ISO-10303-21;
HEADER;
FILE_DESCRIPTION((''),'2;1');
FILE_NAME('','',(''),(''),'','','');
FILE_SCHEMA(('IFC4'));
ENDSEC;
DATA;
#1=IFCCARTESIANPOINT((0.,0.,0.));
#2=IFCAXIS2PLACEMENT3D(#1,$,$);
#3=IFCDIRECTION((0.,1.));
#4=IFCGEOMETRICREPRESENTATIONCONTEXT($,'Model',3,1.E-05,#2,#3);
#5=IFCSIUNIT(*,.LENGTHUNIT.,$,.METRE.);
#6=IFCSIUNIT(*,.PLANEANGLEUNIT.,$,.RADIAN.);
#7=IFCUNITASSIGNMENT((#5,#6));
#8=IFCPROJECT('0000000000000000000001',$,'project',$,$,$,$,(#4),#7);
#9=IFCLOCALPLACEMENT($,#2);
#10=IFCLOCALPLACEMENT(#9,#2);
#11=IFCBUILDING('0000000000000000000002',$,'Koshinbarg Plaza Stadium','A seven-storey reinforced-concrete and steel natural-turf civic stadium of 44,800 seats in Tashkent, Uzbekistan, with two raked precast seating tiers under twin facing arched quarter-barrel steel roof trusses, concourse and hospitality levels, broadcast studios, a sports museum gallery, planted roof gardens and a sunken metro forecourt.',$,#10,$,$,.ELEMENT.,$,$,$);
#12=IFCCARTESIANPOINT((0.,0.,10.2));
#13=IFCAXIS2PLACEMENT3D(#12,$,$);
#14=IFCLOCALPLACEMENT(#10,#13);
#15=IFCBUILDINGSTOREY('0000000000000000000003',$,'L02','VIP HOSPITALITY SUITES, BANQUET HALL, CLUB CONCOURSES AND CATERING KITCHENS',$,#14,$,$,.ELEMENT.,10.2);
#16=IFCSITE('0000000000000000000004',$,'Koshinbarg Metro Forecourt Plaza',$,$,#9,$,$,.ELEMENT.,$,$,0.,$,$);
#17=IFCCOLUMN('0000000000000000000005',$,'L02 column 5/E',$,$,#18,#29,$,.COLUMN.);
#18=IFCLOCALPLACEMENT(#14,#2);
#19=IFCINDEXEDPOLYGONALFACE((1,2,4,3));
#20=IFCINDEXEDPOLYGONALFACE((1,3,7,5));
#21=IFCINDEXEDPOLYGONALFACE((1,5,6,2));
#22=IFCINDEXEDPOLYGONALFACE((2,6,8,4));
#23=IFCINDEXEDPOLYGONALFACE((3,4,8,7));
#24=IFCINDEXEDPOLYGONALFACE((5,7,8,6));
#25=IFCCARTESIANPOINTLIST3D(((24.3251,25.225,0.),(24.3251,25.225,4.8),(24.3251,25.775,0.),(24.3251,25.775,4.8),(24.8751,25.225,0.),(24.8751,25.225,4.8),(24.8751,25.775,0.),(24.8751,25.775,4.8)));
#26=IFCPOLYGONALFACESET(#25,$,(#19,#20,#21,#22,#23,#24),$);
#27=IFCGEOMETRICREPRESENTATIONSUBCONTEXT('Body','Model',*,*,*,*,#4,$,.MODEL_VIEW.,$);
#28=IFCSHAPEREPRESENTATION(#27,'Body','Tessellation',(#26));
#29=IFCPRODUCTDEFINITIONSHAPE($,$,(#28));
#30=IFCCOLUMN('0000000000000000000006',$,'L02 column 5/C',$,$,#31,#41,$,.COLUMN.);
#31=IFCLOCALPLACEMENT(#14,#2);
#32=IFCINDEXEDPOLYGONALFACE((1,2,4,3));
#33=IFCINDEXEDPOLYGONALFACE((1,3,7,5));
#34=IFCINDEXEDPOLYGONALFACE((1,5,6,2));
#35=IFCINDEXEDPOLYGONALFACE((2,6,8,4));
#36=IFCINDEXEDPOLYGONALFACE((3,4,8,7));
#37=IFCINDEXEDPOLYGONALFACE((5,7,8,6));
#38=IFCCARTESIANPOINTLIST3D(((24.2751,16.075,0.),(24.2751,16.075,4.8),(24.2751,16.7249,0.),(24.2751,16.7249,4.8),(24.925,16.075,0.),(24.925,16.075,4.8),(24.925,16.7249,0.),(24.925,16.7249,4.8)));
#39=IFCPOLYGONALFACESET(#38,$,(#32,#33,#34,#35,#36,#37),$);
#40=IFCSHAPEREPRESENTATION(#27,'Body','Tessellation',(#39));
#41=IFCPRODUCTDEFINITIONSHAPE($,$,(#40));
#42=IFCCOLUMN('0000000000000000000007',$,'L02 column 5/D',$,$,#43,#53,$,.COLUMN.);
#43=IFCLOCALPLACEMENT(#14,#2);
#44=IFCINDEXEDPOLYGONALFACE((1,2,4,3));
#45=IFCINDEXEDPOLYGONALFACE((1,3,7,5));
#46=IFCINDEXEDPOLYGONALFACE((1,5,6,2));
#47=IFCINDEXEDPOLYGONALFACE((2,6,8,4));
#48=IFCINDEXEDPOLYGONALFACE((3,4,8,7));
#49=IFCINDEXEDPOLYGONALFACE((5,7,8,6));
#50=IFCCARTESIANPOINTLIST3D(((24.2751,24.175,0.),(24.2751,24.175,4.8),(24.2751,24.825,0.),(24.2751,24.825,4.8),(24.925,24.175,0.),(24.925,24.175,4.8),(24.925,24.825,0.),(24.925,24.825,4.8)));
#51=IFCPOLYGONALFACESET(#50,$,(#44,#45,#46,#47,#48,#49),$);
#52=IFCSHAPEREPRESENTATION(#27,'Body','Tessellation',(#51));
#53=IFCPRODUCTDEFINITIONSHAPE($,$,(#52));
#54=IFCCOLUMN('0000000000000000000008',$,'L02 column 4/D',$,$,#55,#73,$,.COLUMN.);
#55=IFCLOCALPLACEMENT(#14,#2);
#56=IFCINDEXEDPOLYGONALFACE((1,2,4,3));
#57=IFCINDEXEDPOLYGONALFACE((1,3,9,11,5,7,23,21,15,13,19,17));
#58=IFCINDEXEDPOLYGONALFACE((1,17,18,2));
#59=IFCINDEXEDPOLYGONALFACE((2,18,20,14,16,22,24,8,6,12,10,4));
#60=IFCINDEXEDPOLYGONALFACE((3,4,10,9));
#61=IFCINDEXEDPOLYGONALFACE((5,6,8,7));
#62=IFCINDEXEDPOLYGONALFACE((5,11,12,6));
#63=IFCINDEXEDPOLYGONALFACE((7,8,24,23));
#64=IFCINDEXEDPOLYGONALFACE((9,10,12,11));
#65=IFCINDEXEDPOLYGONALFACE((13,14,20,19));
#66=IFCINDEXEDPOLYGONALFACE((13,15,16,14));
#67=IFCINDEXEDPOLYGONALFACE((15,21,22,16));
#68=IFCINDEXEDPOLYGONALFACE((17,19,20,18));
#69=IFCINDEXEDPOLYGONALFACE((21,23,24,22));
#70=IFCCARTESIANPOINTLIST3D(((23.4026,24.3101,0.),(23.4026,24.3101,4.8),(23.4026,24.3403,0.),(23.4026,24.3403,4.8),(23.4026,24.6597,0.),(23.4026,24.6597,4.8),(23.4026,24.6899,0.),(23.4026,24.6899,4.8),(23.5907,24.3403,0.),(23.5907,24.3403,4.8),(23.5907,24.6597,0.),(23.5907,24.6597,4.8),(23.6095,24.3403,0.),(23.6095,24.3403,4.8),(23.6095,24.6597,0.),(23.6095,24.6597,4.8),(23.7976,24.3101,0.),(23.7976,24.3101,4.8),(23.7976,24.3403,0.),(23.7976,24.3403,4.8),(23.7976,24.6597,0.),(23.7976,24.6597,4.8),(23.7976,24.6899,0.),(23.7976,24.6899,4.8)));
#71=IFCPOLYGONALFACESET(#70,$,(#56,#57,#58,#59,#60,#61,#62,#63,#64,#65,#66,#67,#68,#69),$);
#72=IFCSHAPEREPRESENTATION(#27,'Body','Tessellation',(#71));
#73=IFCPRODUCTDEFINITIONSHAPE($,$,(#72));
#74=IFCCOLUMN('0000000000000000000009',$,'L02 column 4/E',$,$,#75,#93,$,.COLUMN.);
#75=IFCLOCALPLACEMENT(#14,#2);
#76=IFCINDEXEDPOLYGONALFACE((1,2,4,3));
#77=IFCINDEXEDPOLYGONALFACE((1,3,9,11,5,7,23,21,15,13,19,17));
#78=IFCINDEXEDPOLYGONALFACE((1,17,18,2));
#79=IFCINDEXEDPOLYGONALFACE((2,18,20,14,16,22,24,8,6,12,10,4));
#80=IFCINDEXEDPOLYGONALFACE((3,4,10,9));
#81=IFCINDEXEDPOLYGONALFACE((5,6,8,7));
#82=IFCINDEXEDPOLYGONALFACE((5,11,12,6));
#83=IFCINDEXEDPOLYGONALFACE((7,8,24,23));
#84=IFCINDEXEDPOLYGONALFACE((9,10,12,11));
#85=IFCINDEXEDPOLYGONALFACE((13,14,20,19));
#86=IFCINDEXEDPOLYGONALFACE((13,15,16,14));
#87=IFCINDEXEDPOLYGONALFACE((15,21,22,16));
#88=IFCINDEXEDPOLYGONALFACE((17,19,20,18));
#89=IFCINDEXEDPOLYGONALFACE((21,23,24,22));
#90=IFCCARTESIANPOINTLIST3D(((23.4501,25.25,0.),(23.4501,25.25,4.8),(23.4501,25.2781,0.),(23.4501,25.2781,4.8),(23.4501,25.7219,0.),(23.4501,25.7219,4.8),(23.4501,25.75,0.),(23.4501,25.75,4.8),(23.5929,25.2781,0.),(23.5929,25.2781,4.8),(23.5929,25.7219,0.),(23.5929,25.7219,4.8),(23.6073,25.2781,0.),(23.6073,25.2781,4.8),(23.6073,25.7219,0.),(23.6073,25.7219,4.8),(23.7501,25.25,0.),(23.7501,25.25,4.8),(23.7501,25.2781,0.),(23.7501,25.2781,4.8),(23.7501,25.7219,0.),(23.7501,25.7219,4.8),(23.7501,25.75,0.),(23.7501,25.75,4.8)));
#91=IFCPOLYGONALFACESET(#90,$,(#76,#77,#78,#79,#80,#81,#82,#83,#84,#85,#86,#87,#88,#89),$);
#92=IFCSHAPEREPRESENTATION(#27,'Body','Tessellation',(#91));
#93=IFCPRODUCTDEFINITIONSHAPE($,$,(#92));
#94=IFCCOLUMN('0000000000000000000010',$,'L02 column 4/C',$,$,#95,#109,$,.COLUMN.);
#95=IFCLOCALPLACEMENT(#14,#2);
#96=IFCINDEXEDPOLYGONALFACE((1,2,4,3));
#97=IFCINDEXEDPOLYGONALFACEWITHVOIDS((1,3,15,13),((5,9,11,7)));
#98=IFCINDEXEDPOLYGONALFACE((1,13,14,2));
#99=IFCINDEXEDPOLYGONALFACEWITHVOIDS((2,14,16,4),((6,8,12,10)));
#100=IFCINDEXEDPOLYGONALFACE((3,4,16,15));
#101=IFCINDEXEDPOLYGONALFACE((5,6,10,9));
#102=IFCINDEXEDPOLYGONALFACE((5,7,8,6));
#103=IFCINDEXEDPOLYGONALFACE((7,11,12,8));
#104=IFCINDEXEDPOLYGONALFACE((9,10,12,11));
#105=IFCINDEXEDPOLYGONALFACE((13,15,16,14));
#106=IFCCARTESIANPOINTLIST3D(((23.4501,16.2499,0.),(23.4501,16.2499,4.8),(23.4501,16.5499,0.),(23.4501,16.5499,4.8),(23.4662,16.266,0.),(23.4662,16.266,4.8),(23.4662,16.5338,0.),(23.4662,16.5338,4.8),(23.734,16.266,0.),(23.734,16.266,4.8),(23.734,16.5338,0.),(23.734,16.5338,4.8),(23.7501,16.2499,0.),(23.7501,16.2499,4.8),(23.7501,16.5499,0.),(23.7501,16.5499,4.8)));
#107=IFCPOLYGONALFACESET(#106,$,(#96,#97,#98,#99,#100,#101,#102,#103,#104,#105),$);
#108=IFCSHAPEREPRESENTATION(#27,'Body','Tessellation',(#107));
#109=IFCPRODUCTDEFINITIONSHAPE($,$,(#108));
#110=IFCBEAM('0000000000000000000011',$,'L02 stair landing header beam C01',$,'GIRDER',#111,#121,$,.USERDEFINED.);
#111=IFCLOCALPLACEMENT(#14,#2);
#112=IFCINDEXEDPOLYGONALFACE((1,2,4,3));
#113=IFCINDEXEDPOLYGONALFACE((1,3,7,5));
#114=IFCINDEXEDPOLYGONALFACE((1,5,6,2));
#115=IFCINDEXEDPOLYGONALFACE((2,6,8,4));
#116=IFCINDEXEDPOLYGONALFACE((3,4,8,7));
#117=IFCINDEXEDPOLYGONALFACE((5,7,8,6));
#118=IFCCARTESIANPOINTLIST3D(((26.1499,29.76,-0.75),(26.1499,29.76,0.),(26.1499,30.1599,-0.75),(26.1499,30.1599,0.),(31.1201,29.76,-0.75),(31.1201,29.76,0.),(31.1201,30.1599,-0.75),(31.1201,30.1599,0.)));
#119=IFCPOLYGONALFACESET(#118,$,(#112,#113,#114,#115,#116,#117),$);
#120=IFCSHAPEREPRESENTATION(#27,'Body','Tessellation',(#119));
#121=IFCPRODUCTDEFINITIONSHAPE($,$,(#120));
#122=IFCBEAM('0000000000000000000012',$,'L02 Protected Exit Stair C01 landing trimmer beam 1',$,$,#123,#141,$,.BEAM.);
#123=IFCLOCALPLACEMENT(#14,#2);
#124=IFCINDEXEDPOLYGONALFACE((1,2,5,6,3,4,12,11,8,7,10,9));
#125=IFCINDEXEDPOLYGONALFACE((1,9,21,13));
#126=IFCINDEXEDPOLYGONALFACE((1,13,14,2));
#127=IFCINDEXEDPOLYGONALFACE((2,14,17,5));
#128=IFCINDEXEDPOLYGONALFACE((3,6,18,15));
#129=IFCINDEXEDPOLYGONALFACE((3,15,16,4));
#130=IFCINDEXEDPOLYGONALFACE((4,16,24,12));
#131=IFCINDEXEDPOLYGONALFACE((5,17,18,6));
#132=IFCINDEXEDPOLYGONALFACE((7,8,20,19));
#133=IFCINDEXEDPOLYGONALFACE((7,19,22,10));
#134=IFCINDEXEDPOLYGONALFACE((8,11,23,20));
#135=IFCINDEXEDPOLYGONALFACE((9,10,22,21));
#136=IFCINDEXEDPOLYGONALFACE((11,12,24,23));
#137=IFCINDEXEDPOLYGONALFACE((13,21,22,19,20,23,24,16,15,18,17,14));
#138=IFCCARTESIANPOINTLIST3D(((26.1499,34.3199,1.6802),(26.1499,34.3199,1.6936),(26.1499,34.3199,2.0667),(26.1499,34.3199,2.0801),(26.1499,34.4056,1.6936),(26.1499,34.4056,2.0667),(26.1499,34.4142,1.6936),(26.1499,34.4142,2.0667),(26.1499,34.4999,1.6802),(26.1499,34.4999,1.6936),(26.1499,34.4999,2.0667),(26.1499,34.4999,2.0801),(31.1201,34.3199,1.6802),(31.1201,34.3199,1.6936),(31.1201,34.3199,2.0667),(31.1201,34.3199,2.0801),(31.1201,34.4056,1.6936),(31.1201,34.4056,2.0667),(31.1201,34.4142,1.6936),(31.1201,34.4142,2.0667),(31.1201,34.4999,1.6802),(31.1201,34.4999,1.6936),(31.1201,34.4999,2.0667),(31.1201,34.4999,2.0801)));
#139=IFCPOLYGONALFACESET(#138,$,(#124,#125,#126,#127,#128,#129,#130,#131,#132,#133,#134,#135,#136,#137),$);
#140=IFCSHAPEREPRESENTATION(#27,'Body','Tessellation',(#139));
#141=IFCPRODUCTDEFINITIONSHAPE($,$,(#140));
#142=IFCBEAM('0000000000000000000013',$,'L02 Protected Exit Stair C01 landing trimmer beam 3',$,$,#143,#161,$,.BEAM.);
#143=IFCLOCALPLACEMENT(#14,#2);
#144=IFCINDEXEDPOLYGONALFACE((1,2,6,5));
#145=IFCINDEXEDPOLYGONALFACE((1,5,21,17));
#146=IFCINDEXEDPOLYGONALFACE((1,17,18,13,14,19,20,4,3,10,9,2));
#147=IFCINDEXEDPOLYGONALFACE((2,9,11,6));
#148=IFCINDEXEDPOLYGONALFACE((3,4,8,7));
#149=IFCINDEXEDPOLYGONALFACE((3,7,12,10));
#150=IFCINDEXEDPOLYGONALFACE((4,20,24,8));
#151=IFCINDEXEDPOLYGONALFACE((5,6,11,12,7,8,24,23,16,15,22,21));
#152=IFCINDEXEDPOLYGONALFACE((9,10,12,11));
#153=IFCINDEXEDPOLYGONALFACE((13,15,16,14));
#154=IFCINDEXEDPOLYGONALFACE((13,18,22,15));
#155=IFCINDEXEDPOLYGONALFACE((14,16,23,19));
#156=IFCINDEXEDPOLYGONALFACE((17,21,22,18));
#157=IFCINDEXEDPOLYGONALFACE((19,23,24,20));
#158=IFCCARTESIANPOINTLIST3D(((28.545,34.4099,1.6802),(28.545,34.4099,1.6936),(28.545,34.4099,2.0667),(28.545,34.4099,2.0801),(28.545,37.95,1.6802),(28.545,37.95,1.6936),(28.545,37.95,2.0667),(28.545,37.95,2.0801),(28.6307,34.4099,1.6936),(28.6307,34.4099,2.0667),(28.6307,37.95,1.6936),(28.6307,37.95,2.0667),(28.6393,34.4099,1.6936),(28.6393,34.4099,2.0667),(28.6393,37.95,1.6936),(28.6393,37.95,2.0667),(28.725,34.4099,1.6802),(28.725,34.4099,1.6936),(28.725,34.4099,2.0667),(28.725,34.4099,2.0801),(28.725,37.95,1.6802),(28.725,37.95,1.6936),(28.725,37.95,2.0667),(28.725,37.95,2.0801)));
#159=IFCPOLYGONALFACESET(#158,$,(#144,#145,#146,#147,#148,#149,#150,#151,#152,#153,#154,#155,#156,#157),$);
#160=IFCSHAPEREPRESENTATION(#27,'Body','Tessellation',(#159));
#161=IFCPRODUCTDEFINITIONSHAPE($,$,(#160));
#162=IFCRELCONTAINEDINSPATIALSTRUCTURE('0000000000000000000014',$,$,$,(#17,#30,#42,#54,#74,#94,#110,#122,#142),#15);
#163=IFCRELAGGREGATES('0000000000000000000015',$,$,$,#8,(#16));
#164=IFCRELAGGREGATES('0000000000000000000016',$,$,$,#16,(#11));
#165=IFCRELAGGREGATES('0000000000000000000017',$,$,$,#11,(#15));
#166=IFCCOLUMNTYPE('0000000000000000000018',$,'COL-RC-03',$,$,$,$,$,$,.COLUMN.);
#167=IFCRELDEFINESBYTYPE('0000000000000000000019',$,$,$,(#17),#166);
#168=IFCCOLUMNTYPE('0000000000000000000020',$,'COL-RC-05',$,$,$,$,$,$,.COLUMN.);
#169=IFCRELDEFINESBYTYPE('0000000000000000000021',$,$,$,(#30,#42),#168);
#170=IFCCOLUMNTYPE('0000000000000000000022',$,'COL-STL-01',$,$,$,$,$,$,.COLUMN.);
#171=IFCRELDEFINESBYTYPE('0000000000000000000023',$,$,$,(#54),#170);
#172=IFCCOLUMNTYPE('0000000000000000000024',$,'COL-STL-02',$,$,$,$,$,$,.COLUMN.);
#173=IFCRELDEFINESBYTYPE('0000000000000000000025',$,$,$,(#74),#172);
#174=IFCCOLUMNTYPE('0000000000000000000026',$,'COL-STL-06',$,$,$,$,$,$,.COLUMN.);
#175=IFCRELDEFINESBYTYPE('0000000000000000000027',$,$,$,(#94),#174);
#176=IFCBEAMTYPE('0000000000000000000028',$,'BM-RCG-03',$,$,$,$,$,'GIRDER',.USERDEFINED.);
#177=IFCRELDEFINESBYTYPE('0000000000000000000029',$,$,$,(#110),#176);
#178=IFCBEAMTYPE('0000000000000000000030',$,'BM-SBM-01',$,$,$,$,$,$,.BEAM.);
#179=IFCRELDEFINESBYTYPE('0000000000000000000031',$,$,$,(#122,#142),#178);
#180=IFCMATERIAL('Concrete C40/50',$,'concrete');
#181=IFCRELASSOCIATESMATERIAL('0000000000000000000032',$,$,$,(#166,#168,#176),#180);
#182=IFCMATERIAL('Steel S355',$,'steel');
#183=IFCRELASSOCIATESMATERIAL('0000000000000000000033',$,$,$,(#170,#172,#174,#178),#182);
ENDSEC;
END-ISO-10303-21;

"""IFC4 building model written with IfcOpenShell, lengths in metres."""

from ifc_helpers import new_model, si_unit, direction, frame, origin, origin_2d, place, context, subcontext, project, spatial, rectangle, hollow_rectangle, i_section, extrude, material, material_profile, profile_set, type_object, element, save


model = new_model("IFC4")

# Units and contexts
model_context = context("Model", 3, precision=1e-05, world=origin(), true_north=direction((0.0, 1.0)))
body_context = subcontext(model_context, "Body", "Model", "MODEL_VIEW")
ifc_project = project(units=[si_unit("LENGTHUNIT", "METRE"), si_unit("PLANEANGLEUNIT", "RADIAN")], contexts=[model_context])

# Site, building, storey
site_placement = place(None, origin())
site = spatial("IfcSite", under=ifc_project, at=site_placement, Name="Koshinbarg Metro Forecourt Plaza", CompositionType="ELEMENT", RefElevation=0.0)
building_placement = place(site_placement, origin())
building = spatial("IfcBuilding", under=site, at=building_placement, Name="Koshinbarg Plaza Stadium", Description="A seven-storey reinforced-concrete and steel natural-turf civic stadium of 44,800 seats in Tashkent, Uzbekistan, with two raked precast seating tiers under twin facing arched quarter-barrel steel roof trusses, concourse and hospitality levels, broadcast studios, a sports museum gallery, planted roof gardens and a sunken metro forecourt.", CompositionType="ELEMENT")
storey_placement = place(building_placement, frame((0.0, 0.0, 10.2)))
storey = spatial("IfcBuildingStorey", under=building, at=storey_placement, Name="L02", Description="VIP HOSPITALITY SUITES, BANQUET HALL, CLUB CONCOURSES AND CATERING KITCHENS", CompositionType="ELEMENT", Elevation=10.2)

# Columns
ifc_material_1 = material(Name="Concrete C40/50", Category="concrete")
ifc_material_profile_1 = material_profile(ifc_material_1, rectangle(XDim=0.55, YDim=0.55, at=origin_2d()), Name="RC 550x550")
ifc_profile_set_1 = profile_set([ifc_material_profile_1], Name="Concrete C40/50")
column_type_1 = type_object("IfcColumnType", Name="COL-RC-03", PredefinedType="COLUMN", material=ifc_profile_set_1)
column_1_placement = place(storey_placement, frame((24.6001, 25.5, 0.0), z_axis=(0.0, 0.0, 1.0), x_axis=(1.0, 0.0, 0.0)))
element("IfcColumn", 1, at=column_1_placement, inside=storey, type_object=column_type_1, Name="L02 column 5/E", PredefinedType="COLUMN", context=body_context, shape_type="SweptSolid", body=[
    extrude(rectangle(XDim=0.55, YDim=0.55, at=origin_2d()), origin(), (0.0, 0.0, 1.0), 4.8),
])
ifc_material_profile_2 = material_profile(ifc_material_1, rectangle(XDim=0.6499, YDim=0.6499, at=origin_2d()), Name="RC 650x650")
ifc_profile_set_2 = profile_set([ifc_material_profile_2], Name="Concrete C40/50")
column_type_2 = type_object("IfcColumnType", Name="COL-RC-05", PredefinedType="COLUMN", material=ifc_profile_set_2)
for number, where, z_axis, x_axis, name in (
    (2, (24.6001, 16.3999, 0.0), (0.0, 0.0, 1.0), (1.0, 0.0, 0.0), "L02 column 5/C"),
    (3, (24.6001, 24.5, 0.0), (0.0, 0.0, 1.0), (1.0, 0.0, 0.0), "L02 column 5/D"),
):
    element("IfcColumn", number, at=place(storey_placement, frame(where, z_axis=z_axis, x_axis=x_axis)), inside=storey, type_object=column_type_2, Name=name, PredefinedType="COLUMN", context=body_context, shape_type="SweptSolid", body=[
        extrude(rectangle(XDim=0.6499, YDim=0.6499, at=origin_2d()), origin(), (0.0, 0.0, 1.0), 4.8),
    ])
ifc_material_2 = material(Name="Steel S355", Category="steel")
ifc_material_profile_3 = material_profile(ifc_material_2, i_section(OverallWidth=0.395, OverallDepth=0.3799, WebThickness=0.0188, FlangeThickness=0.0303, at=origin_2d()), Name="HD 400x237")
ifc_profile_set_3 = profile_set([ifc_material_profile_3], Name="Steel S355")
column_type_3 = type_object("IfcColumnType", Name="COL-STL-01", PredefinedType="COLUMN", material=ifc_profile_set_3)
column_2_placement = place(storey_placement, frame((23.6001, 24.5, 0.0), z_axis=(0.0, 0.0, 1.0), x_axis=(1.0, 0.0, 0.0)))
element("IfcColumn", 4, at=column_2_placement, inside=storey, type_object=column_type_3, Name="L02 column 4/D", PredefinedType="COLUMN", context=body_context, shape_type="SweptSolid", body=[
    extrude(i_section(OverallWidth=0.395, OverallDepth=0.3799, WebThickness=0.0188, FlangeThickness=0.0303, at=origin_2d()), origin(), (0.0, 0.0, 1.0), 4.8),
])
ifc_material_profile_4 = material_profile(ifc_material_2, i_section(OverallWidth=0.3, OverallDepth=0.5, WebThickness=0.0144, FlangeThickness=0.0281, at=origin_2d()), Name="HEB 500")
ifc_profile_set_4 = profile_set([ifc_material_profile_4], Name="Steel S355")
column_type_4 = type_object("IfcColumnType", Name="COL-STL-02", PredefinedType="COLUMN", material=ifc_profile_set_4)
column_3_placement = place(storey_placement, frame((23.6001, 25.5, 0.0), z_axis=(0.0, 0.0, 1.0), x_axis=(1.0, 0.0, 0.0)))
element("IfcColumn", 5, at=column_3_placement, inside=storey, type_object=column_type_4, Name="L02 column 4/E", PredefinedType="COLUMN", context=body_context, shape_type="SweptSolid", body=[
    extrude(i_section(OverallWidth=0.3, OverallDepth=0.5, WebThickness=0.0144, FlangeThickness=0.0281, at=origin_2d()), origin(), (0.0, 0.0, 1.0), 4.8),
])
ifc_material_profile_5 = material_profile(ifc_material_2, hollow_rectangle(XDim=0.3, YDim=0.3, WallThickness=0.0161, at=origin_2d()), Name="SHS 300x300x16")
ifc_profile_set_5 = profile_set([ifc_material_profile_5], Name="Steel S355")
column_type_5 = type_object("IfcColumnType", Name="COL-STL-06", PredefinedType="COLUMN", material=ifc_profile_set_5)
column_4_placement = place(storey_placement, frame((23.6001, 16.3999, 0.0), z_axis=(0.0, 0.0, 1.0), x_axis=(1.0, 0.0, 0.0)))
element("IfcColumn", 6, at=column_4_placement, inside=storey, type_object=column_type_5, Name="L02 column 4/C", PredefinedType="COLUMN", context=body_context, shape_type="SweptSolid", body=[
    extrude(hollow_rectangle(XDim=0.3, YDim=0.3, WallThickness=0.0161, at=origin_2d()), origin(), (0.0, 0.0, 1.0), 4.8),
])

# Beams
ifc_material_profile_6 = material_profile(ifc_material_1, rectangle(XDim=0.3999, YDim=0.75, at=origin_2d()), Name="RC 400x750")
ifc_profile_set_6 = profile_set([ifc_material_profile_6], Name="Concrete C40/50")
beam_type_1 = type_object("IfcBeamType", Name="BM-RCG-03", ElementType="GIRDER", PredefinedType="USERDEFINED", material=ifc_profile_set_6)
beam_1_placement = place(storey_placement, frame((26.1499, 29.96, -0.375), z_axis=(1.0, 0.0, 0.0), x_axis=(0.0, 1.0, 0.0)))
element("IfcBeam", 7, at=beam_1_placement, inside=storey, type_object=beam_type_1, Name="L02 stair landing header beam C01", ObjectType="GIRDER", PredefinedType="USERDEFINED", context=body_context, shape_type="SweptSolid", body=[
    extrude(rectangle(XDim=0.3999, YDim=0.75, at=origin_2d()), origin(), (0.0, 0.0, 1.0), 4.9702),
])
ifc_material_profile_7 = material_profile(ifc_material_2, i_section(OverallWidth=0.1799, OverallDepth=0.3999, WebThickness=0.0085, FlangeThickness=0.0134, at=origin_2d()), Name="IPE 400")
ifc_profile_set_7 = profile_set([ifc_material_profile_7], Name="Steel S355")
beam_type_2 = type_object("IfcBeamType", Name="BM-SBM-01", PredefinedType="BEAM", material=ifc_profile_set_7)
beam_2_placement = place(storey_placement, frame((26.1499, 34.4099, 1.8801), z_axis=(1.0, 0.0, 0.0), x_axis=(0.0, 1.0, 0.0)))
element("IfcBeam", 8, at=beam_2_placement, inside=storey, type_object=beam_type_2, Name="L02 Protected Exit Stair C01 landing trimmer beam 1", PredefinedType="BEAM", context=body_context, shape_type="SweptSolid", body=[
    extrude(i_section(OverallWidth=0.1799, OverallDepth=0.3999, WebThickness=0.0085, FlangeThickness=0.0134, at=origin_2d()), origin(), (0.0, 0.0, 1.0), 4.9702),
])
beam_3_placement = place(storey_placement, frame((28.635, 34.4099, 1.8801), z_axis=(0.0, 1.0, 0.0), x_axis=(-1.0, 0.0, 0.0)))
element("IfcBeam", 9, at=beam_3_placement, inside=storey, type_object=beam_type_2, Name="L02 Protected Exit Stair C01 landing trimmer beam 3", PredefinedType="BEAM", context=body_context, shape_type="SweptSolid", body=[
    extrude(i_section(OverallWidth=0.1799, OverallDepth=0.3999, WebThickness=0.0085, FlangeThickness=0.0134, at=origin_2d()), origin(), (0.0, 0.0, 1.0), 3.54),
])

save(model, "model.ifc")
